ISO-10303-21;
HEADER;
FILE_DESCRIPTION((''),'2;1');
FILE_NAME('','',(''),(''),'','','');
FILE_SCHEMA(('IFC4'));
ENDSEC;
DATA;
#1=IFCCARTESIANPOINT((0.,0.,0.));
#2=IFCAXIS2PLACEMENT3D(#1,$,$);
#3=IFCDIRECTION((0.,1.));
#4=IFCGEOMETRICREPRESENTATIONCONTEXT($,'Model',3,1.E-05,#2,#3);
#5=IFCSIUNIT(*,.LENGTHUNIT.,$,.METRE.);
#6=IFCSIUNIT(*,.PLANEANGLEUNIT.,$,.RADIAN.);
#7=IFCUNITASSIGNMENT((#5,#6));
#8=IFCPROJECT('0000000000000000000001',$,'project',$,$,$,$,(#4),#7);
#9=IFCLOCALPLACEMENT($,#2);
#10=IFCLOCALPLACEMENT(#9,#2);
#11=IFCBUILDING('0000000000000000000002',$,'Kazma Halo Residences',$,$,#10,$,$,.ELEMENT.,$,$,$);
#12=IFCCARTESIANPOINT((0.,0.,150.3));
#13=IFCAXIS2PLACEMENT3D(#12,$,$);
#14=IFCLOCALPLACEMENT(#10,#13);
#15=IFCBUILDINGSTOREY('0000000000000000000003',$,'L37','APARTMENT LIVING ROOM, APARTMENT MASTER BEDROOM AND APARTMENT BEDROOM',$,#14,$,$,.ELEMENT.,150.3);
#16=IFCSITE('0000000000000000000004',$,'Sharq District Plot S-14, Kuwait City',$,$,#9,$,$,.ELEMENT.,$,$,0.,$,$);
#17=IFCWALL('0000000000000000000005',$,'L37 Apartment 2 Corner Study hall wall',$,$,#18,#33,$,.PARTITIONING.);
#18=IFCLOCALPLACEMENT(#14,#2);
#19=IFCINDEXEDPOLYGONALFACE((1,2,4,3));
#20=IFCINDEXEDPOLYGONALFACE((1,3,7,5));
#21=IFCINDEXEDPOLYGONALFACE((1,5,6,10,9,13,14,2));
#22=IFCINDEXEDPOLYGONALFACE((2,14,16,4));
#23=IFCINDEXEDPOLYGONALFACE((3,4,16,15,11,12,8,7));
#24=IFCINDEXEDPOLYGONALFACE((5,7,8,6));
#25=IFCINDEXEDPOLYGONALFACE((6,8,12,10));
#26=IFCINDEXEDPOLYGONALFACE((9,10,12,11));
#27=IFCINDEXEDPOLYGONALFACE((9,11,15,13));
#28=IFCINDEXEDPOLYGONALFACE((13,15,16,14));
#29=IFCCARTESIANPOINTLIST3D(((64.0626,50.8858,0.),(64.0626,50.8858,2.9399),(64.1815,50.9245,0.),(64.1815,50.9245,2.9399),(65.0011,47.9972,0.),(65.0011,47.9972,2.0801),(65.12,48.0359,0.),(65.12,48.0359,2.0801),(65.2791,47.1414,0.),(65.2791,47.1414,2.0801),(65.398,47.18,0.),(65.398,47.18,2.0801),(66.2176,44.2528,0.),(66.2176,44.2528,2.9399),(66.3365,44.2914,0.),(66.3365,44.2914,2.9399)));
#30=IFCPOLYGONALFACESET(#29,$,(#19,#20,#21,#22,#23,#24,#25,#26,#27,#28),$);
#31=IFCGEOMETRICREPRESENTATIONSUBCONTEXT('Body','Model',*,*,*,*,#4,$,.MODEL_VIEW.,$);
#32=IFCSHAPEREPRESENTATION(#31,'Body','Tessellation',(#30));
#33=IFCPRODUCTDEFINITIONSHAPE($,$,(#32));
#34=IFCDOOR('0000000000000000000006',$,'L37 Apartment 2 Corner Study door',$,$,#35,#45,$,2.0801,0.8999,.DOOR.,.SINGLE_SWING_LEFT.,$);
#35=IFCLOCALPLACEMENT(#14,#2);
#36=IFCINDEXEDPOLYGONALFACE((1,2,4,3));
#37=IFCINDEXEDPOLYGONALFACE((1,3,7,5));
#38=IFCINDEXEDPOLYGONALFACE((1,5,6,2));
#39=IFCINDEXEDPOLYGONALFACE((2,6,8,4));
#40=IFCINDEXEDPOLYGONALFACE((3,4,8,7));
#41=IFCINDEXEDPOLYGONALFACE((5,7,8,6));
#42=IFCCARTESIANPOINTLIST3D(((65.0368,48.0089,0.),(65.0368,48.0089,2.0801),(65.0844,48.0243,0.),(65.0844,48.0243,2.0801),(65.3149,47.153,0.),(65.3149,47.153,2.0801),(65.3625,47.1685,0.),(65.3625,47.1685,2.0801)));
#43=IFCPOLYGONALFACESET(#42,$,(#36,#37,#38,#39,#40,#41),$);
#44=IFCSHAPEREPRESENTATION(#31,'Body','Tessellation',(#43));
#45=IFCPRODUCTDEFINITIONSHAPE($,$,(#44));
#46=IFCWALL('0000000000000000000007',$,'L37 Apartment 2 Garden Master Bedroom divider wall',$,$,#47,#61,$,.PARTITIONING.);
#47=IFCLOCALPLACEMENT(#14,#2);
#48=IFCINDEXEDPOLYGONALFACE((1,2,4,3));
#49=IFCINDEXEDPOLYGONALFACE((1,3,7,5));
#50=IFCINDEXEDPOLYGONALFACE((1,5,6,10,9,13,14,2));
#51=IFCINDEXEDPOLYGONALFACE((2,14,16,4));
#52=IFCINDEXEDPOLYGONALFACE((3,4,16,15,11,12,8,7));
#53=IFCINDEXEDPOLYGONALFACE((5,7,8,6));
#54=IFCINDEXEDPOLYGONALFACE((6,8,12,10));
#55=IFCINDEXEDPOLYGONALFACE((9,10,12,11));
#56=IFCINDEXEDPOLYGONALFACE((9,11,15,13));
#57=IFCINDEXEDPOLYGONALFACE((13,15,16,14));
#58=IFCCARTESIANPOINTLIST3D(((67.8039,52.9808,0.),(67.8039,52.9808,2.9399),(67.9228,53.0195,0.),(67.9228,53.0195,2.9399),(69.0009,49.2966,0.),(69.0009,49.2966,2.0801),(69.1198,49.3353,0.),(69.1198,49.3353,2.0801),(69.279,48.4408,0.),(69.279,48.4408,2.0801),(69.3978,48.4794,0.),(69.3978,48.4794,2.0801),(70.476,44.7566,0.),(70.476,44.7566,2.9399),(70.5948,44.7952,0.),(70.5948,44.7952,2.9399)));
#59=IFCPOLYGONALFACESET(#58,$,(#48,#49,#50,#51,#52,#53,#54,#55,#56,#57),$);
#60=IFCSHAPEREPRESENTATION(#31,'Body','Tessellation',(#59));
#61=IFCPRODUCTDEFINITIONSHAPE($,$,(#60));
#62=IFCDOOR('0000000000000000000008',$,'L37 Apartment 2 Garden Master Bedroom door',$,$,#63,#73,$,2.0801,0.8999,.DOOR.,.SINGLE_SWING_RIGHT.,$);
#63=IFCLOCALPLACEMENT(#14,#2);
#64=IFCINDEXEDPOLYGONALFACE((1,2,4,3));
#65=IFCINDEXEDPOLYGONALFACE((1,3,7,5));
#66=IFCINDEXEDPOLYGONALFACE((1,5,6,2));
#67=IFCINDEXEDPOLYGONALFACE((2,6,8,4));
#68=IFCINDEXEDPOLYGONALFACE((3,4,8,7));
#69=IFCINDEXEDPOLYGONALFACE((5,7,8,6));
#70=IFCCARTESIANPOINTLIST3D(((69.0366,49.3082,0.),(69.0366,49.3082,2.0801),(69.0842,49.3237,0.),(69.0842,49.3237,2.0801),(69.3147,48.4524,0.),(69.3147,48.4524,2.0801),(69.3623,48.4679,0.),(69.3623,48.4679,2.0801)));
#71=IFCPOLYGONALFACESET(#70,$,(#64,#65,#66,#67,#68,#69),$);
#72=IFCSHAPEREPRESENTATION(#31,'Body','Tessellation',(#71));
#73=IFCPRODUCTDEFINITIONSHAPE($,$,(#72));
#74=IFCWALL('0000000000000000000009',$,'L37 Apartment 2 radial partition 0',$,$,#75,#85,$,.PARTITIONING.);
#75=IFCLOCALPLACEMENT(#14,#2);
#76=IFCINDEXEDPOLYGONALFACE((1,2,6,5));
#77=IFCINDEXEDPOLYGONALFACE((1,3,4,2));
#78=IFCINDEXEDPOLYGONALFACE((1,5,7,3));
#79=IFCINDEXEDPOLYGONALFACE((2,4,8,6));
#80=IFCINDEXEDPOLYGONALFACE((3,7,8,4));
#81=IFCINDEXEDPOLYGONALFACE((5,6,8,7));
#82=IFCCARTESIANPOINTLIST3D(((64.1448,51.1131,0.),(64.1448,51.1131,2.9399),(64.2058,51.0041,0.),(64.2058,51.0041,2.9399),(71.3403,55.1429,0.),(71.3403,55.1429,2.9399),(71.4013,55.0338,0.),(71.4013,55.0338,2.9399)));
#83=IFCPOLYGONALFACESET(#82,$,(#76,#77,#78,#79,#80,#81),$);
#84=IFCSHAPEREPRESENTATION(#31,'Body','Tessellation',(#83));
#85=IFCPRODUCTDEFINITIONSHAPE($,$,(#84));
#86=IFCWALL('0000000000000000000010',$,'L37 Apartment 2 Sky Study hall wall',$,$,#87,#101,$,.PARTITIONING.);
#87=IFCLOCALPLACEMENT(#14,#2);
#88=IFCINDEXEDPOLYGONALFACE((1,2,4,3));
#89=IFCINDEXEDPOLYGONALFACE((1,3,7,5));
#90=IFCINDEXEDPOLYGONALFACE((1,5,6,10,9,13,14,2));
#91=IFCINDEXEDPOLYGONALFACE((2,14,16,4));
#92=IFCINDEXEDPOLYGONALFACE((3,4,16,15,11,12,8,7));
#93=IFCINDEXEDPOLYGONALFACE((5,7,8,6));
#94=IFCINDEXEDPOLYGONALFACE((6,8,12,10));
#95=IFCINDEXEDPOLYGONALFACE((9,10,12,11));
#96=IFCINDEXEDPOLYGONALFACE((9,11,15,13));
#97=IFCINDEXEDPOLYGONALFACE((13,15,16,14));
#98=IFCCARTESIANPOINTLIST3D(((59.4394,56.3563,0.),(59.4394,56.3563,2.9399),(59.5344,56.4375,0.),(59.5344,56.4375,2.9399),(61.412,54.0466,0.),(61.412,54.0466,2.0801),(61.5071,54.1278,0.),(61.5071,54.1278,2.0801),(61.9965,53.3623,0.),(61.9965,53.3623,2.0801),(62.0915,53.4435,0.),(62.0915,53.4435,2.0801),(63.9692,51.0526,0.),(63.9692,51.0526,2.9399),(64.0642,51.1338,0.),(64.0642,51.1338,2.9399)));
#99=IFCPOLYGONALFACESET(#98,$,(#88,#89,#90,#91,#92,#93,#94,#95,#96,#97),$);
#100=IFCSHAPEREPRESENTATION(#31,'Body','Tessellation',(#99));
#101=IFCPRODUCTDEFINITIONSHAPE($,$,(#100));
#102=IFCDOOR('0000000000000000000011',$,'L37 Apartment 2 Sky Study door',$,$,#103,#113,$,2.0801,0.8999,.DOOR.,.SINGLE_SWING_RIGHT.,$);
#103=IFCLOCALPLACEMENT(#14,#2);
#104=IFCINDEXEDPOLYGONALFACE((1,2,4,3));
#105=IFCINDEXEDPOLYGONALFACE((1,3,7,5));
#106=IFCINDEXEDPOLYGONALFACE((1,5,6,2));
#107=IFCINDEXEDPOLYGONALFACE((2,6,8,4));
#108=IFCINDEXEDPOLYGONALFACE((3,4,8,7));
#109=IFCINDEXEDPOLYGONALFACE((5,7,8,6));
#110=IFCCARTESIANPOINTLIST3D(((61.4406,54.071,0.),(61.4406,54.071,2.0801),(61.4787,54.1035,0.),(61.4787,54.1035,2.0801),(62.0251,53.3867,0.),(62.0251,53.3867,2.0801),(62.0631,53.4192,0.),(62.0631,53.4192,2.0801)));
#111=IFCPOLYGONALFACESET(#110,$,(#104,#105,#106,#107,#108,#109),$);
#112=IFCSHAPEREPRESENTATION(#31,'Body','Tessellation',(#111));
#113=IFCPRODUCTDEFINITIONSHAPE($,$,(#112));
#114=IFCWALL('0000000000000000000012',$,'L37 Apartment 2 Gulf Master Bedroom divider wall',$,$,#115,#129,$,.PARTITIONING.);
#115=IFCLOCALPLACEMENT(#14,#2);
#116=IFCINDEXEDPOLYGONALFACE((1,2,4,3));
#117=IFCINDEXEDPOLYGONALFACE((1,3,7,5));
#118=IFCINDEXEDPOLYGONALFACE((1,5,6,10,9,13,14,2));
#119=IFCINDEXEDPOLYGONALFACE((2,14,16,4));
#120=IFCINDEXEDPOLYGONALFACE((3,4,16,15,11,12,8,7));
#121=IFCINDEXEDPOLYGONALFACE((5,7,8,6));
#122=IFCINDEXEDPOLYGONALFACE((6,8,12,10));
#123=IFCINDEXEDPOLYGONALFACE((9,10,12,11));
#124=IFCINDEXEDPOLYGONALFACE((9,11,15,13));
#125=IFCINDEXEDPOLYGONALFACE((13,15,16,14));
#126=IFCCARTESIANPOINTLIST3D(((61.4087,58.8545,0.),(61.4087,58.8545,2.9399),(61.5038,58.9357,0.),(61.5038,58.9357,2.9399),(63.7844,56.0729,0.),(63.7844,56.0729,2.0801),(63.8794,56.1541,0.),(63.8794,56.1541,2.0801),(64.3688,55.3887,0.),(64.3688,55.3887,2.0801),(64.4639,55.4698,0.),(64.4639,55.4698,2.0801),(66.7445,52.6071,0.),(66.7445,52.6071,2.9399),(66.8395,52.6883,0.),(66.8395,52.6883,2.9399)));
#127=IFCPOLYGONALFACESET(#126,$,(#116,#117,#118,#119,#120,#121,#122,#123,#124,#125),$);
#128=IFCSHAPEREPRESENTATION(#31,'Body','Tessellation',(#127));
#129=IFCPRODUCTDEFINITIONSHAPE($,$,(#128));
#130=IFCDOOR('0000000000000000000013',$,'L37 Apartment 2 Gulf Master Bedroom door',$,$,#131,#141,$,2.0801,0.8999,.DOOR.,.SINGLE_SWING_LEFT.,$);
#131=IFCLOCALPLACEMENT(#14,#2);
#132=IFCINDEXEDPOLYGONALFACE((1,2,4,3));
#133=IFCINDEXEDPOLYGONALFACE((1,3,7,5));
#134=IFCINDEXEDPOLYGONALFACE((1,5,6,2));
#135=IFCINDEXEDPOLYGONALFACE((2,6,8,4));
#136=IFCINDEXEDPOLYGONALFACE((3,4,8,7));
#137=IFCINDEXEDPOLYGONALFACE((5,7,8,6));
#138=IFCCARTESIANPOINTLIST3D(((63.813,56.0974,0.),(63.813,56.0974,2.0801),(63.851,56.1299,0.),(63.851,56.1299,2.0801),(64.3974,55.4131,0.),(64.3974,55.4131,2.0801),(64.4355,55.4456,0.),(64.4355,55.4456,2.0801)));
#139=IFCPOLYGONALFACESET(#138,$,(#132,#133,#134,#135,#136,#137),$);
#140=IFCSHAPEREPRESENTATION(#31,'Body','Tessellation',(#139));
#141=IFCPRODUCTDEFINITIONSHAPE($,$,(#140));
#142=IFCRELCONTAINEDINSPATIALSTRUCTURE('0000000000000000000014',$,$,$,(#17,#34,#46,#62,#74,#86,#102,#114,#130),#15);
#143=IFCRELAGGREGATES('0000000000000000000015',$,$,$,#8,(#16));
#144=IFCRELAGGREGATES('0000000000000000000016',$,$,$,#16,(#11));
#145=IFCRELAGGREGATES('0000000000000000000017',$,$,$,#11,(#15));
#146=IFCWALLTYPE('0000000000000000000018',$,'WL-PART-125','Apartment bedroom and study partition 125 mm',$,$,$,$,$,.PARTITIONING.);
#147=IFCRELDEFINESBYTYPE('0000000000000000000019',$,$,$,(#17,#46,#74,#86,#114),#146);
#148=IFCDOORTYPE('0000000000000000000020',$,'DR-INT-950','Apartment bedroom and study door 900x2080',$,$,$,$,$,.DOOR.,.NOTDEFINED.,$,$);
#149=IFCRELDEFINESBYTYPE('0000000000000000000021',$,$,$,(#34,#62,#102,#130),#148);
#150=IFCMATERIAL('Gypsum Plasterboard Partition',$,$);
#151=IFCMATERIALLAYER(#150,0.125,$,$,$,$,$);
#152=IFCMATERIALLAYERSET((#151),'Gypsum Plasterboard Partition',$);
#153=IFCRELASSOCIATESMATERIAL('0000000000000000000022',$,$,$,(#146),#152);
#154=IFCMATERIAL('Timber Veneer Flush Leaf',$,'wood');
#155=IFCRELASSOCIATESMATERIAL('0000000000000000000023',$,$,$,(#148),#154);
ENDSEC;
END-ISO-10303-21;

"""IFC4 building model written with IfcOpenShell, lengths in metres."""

from ifc_helpers import new_model, si_unit, direction, frame, frame_2d, origin, place, context, subcontext, project, spatial, rectangle, extrude, material, layer, layer_set, type_object, element, fill, save


model = new_model("IFC4")

# Units and contexts
model_context = context("Model", 3, precision=1e-05, world=origin(), true_north=direction((0.0, 1.0)))
body_context = subcontext(model_context, "Body", "Model", "MODEL_VIEW")
ifc_project = project(units=[si_unit("LENGTHUNIT", "METRE"), si_unit("PLANEANGLEUNIT", "RADIAN")], contexts=[model_context])

# Site, building, storey
site_placement = place(None, origin())
site = spatial("IfcSite", under=ifc_project, at=site_placement, Name="Sharq District Plot S-14, Kuwait City", CompositionType="ELEMENT", RefElevation=0.0)
building_placement = place(site_placement, origin())
building = spatial("IfcBuilding", under=site, at=building_placement, Name="Kazma Halo Residences", CompositionType="ELEMENT")
storey_placement = place(building_placement, frame((0.0, 0.0, 150.3)))
storey = spatial("IfcBuildingStorey", under=building, at=storey_placement, Name="L37", Description="APARTMENT LIVING ROOM, APARTMENT MASTER BEDROOM AND APARTMENT BEDROOM", CompositionType="ELEMENT", Elevation=150.3)

# Shared definitions
ifc_material_1 = material(Name="Gypsum Plasterboard Partition")
ifc_layer_1 = layer(ifc_material_1, 0.125)
ifc_layer_set_1 = layer_set([ifc_layer_1], Name="Gypsum Plasterboard Partition")
wall_type_1 = type_object("IfcWallType", Name="WL-PART-125", Description="Apartment bedroom and study partition 125 mm", PredefinedType="PARTITIONING", material=ifc_layer_set_1)

# Walls, openings, doors
wall_1_placement = place(storey_placement, frame((66.2771, 44.272, 0.0), z_axis=(0.0, 0.0, 1.0), x_axis=(-0.308993, 0.951064, 0.0)))
wall_1 = element("IfcWall", 1, at=wall_1_placement, inside=storey, type_object=wall_type_1, Name="L37 Apartment 2 Corner Study hall wall", PredefinedType="PARTITIONING", context=body_context, shape_type="SweptSolid", body=[
    extrude(rectangle(XDim=6.9744, YDim=0.125, at=frame_2d((3.4873, 0.0))), origin(), (0.0, 0.0, 1.0), 2.9399),
])
opening_1_placement = place(wall_1_placement, frame((3.0374, 0.0, 0.0)))
opening_1 = element("IfcOpeningElement", 2, at=opening_1_placement, cuts=wall_1, PredefinedType="OPENING", context=body_context, shape_type="SweptSolid", body=[
    extrude(rectangle(XDim=0.8999, YDim=2.0801, at=frame_2d((0.45, 1.04))), frame((0.0, 0.0725, 0.0), z_axis=(0.0, -1.0, 0.0), x_axis=(1.0, 0.0, 0.0)), (0.0, 0.0, 1.0), 0.145),
])
ifc_material_2 = material(Name="Timber Veneer Flush Leaf", Category="wood")
door_type = type_object("IfcDoorType", Name="DR-INT-950", Description="Apartment bedroom and study door 900x2080", OperationType="NOTDEFINED", PredefinedType="DOOR", material=ifc_material_2)
door_1_placement = place(opening_1_placement, origin())
door_1 = element("IfcDoor", 3, at=door_1_placement, inside=storey, type_object=door_type, Name="L37 Apartment 2 Corner Study door", OperationType="SINGLE_SWING_LEFT", OverallHeight=2.0801, OverallWidth=0.8999, PredefinedType="DOOR", context=body_context, shape_type="SweptSolid", body=[
    extrude(rectangle(XDim=0.8999, YDim=2.0801, at=frame_2d((0.45, 1.04))), frame((0.0, 0.0249, 0.0), z_axis=(0.0, -1.0, 0.0), x_axis=(1.0, 0.0, 0.0)), (0.0, 0.0, 1.0), 0.05),
])
fill(opening_1, door_1)
wall_2_placement = place(storey_placement, frame((70.5354, 44.7759, 0.0), z_axis=(0.0, 0.0, 1.0), x_axis=(-0.309002, 0.951061, 0.0)))
wall_2 = element("IfcWall", 4, at=wall_2_placement, inside=storey, type_object=wall_type_1, Name="L37 Apartment 2 Garden Master Bedroom divider wall", PredefinedType="PARTITIONING", context=body_context, shape_type="SweptSolid", body=[
    extrude(rectangle(XDim=8.6475, YDim=0.125, at=frame_2d((4.3237, 0.0))), origin(), (0.0, 0.0, 1.0), 2.9399),
])
opening_2_placement = place(wall_2_placement, frame((3.8738, 0.0, 0.0)))
opening_2 = element("IfcOpeningElement", 5, at=opening_2_placement, cuts=wall_2, PredefinedType="OPENING", context=body_context, shape_type="SweptSolid", body=[
    extrude(rectangle(XDim=0.8999, YDim=2.0801, at=frame_2d((0.45, 1.04))), frame((0.0, 0.0725, 0.0), z_axis=(0.0, -1.0, 0.0), x_axis=(1.0, 0.0, 0.0)), (0.0, 0.0, 1.0), 0.145),
])
door_2_placement = place(opening_2_placement, origin())
door_2 = element("IfcDoor", 6, at=door_2_placement, inside=storey, type_object=door_type, Name="L37 Apartment 2 Garden Master Bedroom door", OperationType="SINGLE_SWING_RIGHT", OverallHeight=2.0801, OverallWidth=0.8999, PredefinedType="DOOR", context=body_context, shape_type="SweptSolid", body=[
    extrude(rectangle(XDim=0.8999, YDim=2.0801, at=frame_2d((0.45, 1.04))), frame((0.0, 0.0249, 0.0), z_axis=(0.0, -1.0, 0.0), x_axis=(1.0, 0.0, 0.0)), (0.0, 0.0, 1.0), 0.05),
])
fill(opening_2, door_2)

# Wall
wall_3_placement = place(storey_placement, frame((64.1753, 51.0586, 0.0), z_axis=(0.0, 0.0, 1.0), x_axis=(0.872492, 0.488629, 0.0)))
element("IfcWall", 7, at=wall_3_placement, inside=storey, type_object=wall_type_1, Name="L37 Apartment 2 radial partition 0", PredefinedType="PARTITIONING", context=body_context, shape_type="SweptSolid", body=[
    extrude(rectangle(XDim=8.2471, YDim=0.125, at=frame_2d((4.1235, 0.0))), origin(), (0.0, 0.0, 1.0), 2.9399),
])

# Walls, openings, doors
wall_4_placement = place(storey_placement, frame((64.0166, 51.0933, 0.0), z_axis=(0.0, 0.0, 1.0), x_axis=(-0.649447, 0.760407, 0.0)))
wall_4 = element("IfcWall", 8, at=wall_4_placement, inside=storey, type_object=wall_type_1, Name="L37 Apartment 2 Sky Study hall wall", PredefinedType="PARTITIONING", context=body_context, shape_type="SweptSolid", body=[
    extrude(rectangle(XDim=6.9749, YDim=0.125, at=frame_2d((3.4873, 0.0))), origin(), (0.0, 0.0, 1.0), 2.9399),
])
opening_3_placement = place(wall_4_placement, frame((3.0374, 0.0, 0.0)))
opening_3 = element("IfcOpeningElement", 9, at=opening_3_placement, cuts=wall_4, PredefinedType="OPENING", context=body_context, shape_type="SweptSolid", body=[
    extrude(rectangle(XDim=0.8999, YDim=2.0801, at=frame_2d((0.45, 1.04))), frame((0.0, 0.0725, 0.0), z_axis=(0.0, -1.0, 0.0), x_axis=(1.0, 0.0, 0.0)), (0.0, 0.0, 1.0), 0.145),
])
door_3_placement = place(opening_3_placement, origin())
door_3 = element("IfcDoor", 10, at=door_3_placement, inside=storey, type_object=door_type, Name="L37 Apartment 2 Sky Study door", OperationType="SINGLE_SWING_RIGHT", OverallHeight=2.0801, OverallWidth=0.8999, PredefinedType="DOOR", context=body_context, shape_type="SweptSolid", body=[
    extrude(rectangle(XDim=0.8999, YDim=2.0801, at=frame_2d((0.45, 1.04))), frame((0.0, 0.0249, 0.0), z_axis=(0.0, -1.0, 0.0), x_axis=(1.0, 0.0, 0.0)), (0.0, 0.0, 1.0), 0.05),
])
fill(opening_3, door_3)
wall_5_placement = place(storey_placement, frame((66.792, 52.6477, 0.0), z_axis=(0.0, 0.0, 1.0), x_axis=(-0.649447, 0.760407, 0.0)))
wall_5 = element("IfcWall", 11, at=wall_5_placement, inside=storey, type_object=wall_type_1, Name="L37 Apartment 2 Gulf Master Bedroom divider wall", PredefinedType="PARTITIONING", context=body_context, shape_type="SweptSolid", body=[
    extrude(rectangle(XDim=8.2158, YDim=0.125, at=frame_2d((4.1079, 0.0))), origin(), (0.0, 0.0, 1.0), 2.9399),
])
opening_4_placement = place(wall_5_placement, frame((3.658, 0.0, 0.0)))
opening_4 = element("IfcOpeningElement", 12, at=opening_4_placement, cuts=wall_5, PredefinedType="OPENING", context=body_context, shape_type="SweptSolid", body=[
    extrude(rectangle(XDim=0.8999, YDim=2.0801, at=frame_2d((0.45, 1.04))), frame((0.0, 0.0725, 0.0), z_axis=(0.0, -1.0, 0.0), x_axis=(1.0, 0.0, 0.0)), (0.0, 0.0, 1.0), 0.145),
])
door_4_placement = place(opening_4_placement, origin())
door_4 = element("IfcDoor", 13, at=door_4_placement, inside=storey, type_object=door_type, Name="L37 Apartment 2 Gulf Master Bedroom door", OperationType="SINGLE_SWING_LEFT", OverallHeight=2.0801, OverallWidth=0.8999, PredefinedType="DOOR", context=body_context, shape_type="SweptSolid", body=[
    extrude(rectangle(XDim=0.8999, YDim=2.0801, at=frame_2d((0.45, 1.04))), frame((0.0, 0.0249, 0.0), z_axis=(0.0, -1.0, 0.0), x_axis=(1.0, 0.0, 0.0)), (0.0, 0.0, 1.0), 0.05),
])
fill(opening_4, door_4)

save(model, "model.ifc")
